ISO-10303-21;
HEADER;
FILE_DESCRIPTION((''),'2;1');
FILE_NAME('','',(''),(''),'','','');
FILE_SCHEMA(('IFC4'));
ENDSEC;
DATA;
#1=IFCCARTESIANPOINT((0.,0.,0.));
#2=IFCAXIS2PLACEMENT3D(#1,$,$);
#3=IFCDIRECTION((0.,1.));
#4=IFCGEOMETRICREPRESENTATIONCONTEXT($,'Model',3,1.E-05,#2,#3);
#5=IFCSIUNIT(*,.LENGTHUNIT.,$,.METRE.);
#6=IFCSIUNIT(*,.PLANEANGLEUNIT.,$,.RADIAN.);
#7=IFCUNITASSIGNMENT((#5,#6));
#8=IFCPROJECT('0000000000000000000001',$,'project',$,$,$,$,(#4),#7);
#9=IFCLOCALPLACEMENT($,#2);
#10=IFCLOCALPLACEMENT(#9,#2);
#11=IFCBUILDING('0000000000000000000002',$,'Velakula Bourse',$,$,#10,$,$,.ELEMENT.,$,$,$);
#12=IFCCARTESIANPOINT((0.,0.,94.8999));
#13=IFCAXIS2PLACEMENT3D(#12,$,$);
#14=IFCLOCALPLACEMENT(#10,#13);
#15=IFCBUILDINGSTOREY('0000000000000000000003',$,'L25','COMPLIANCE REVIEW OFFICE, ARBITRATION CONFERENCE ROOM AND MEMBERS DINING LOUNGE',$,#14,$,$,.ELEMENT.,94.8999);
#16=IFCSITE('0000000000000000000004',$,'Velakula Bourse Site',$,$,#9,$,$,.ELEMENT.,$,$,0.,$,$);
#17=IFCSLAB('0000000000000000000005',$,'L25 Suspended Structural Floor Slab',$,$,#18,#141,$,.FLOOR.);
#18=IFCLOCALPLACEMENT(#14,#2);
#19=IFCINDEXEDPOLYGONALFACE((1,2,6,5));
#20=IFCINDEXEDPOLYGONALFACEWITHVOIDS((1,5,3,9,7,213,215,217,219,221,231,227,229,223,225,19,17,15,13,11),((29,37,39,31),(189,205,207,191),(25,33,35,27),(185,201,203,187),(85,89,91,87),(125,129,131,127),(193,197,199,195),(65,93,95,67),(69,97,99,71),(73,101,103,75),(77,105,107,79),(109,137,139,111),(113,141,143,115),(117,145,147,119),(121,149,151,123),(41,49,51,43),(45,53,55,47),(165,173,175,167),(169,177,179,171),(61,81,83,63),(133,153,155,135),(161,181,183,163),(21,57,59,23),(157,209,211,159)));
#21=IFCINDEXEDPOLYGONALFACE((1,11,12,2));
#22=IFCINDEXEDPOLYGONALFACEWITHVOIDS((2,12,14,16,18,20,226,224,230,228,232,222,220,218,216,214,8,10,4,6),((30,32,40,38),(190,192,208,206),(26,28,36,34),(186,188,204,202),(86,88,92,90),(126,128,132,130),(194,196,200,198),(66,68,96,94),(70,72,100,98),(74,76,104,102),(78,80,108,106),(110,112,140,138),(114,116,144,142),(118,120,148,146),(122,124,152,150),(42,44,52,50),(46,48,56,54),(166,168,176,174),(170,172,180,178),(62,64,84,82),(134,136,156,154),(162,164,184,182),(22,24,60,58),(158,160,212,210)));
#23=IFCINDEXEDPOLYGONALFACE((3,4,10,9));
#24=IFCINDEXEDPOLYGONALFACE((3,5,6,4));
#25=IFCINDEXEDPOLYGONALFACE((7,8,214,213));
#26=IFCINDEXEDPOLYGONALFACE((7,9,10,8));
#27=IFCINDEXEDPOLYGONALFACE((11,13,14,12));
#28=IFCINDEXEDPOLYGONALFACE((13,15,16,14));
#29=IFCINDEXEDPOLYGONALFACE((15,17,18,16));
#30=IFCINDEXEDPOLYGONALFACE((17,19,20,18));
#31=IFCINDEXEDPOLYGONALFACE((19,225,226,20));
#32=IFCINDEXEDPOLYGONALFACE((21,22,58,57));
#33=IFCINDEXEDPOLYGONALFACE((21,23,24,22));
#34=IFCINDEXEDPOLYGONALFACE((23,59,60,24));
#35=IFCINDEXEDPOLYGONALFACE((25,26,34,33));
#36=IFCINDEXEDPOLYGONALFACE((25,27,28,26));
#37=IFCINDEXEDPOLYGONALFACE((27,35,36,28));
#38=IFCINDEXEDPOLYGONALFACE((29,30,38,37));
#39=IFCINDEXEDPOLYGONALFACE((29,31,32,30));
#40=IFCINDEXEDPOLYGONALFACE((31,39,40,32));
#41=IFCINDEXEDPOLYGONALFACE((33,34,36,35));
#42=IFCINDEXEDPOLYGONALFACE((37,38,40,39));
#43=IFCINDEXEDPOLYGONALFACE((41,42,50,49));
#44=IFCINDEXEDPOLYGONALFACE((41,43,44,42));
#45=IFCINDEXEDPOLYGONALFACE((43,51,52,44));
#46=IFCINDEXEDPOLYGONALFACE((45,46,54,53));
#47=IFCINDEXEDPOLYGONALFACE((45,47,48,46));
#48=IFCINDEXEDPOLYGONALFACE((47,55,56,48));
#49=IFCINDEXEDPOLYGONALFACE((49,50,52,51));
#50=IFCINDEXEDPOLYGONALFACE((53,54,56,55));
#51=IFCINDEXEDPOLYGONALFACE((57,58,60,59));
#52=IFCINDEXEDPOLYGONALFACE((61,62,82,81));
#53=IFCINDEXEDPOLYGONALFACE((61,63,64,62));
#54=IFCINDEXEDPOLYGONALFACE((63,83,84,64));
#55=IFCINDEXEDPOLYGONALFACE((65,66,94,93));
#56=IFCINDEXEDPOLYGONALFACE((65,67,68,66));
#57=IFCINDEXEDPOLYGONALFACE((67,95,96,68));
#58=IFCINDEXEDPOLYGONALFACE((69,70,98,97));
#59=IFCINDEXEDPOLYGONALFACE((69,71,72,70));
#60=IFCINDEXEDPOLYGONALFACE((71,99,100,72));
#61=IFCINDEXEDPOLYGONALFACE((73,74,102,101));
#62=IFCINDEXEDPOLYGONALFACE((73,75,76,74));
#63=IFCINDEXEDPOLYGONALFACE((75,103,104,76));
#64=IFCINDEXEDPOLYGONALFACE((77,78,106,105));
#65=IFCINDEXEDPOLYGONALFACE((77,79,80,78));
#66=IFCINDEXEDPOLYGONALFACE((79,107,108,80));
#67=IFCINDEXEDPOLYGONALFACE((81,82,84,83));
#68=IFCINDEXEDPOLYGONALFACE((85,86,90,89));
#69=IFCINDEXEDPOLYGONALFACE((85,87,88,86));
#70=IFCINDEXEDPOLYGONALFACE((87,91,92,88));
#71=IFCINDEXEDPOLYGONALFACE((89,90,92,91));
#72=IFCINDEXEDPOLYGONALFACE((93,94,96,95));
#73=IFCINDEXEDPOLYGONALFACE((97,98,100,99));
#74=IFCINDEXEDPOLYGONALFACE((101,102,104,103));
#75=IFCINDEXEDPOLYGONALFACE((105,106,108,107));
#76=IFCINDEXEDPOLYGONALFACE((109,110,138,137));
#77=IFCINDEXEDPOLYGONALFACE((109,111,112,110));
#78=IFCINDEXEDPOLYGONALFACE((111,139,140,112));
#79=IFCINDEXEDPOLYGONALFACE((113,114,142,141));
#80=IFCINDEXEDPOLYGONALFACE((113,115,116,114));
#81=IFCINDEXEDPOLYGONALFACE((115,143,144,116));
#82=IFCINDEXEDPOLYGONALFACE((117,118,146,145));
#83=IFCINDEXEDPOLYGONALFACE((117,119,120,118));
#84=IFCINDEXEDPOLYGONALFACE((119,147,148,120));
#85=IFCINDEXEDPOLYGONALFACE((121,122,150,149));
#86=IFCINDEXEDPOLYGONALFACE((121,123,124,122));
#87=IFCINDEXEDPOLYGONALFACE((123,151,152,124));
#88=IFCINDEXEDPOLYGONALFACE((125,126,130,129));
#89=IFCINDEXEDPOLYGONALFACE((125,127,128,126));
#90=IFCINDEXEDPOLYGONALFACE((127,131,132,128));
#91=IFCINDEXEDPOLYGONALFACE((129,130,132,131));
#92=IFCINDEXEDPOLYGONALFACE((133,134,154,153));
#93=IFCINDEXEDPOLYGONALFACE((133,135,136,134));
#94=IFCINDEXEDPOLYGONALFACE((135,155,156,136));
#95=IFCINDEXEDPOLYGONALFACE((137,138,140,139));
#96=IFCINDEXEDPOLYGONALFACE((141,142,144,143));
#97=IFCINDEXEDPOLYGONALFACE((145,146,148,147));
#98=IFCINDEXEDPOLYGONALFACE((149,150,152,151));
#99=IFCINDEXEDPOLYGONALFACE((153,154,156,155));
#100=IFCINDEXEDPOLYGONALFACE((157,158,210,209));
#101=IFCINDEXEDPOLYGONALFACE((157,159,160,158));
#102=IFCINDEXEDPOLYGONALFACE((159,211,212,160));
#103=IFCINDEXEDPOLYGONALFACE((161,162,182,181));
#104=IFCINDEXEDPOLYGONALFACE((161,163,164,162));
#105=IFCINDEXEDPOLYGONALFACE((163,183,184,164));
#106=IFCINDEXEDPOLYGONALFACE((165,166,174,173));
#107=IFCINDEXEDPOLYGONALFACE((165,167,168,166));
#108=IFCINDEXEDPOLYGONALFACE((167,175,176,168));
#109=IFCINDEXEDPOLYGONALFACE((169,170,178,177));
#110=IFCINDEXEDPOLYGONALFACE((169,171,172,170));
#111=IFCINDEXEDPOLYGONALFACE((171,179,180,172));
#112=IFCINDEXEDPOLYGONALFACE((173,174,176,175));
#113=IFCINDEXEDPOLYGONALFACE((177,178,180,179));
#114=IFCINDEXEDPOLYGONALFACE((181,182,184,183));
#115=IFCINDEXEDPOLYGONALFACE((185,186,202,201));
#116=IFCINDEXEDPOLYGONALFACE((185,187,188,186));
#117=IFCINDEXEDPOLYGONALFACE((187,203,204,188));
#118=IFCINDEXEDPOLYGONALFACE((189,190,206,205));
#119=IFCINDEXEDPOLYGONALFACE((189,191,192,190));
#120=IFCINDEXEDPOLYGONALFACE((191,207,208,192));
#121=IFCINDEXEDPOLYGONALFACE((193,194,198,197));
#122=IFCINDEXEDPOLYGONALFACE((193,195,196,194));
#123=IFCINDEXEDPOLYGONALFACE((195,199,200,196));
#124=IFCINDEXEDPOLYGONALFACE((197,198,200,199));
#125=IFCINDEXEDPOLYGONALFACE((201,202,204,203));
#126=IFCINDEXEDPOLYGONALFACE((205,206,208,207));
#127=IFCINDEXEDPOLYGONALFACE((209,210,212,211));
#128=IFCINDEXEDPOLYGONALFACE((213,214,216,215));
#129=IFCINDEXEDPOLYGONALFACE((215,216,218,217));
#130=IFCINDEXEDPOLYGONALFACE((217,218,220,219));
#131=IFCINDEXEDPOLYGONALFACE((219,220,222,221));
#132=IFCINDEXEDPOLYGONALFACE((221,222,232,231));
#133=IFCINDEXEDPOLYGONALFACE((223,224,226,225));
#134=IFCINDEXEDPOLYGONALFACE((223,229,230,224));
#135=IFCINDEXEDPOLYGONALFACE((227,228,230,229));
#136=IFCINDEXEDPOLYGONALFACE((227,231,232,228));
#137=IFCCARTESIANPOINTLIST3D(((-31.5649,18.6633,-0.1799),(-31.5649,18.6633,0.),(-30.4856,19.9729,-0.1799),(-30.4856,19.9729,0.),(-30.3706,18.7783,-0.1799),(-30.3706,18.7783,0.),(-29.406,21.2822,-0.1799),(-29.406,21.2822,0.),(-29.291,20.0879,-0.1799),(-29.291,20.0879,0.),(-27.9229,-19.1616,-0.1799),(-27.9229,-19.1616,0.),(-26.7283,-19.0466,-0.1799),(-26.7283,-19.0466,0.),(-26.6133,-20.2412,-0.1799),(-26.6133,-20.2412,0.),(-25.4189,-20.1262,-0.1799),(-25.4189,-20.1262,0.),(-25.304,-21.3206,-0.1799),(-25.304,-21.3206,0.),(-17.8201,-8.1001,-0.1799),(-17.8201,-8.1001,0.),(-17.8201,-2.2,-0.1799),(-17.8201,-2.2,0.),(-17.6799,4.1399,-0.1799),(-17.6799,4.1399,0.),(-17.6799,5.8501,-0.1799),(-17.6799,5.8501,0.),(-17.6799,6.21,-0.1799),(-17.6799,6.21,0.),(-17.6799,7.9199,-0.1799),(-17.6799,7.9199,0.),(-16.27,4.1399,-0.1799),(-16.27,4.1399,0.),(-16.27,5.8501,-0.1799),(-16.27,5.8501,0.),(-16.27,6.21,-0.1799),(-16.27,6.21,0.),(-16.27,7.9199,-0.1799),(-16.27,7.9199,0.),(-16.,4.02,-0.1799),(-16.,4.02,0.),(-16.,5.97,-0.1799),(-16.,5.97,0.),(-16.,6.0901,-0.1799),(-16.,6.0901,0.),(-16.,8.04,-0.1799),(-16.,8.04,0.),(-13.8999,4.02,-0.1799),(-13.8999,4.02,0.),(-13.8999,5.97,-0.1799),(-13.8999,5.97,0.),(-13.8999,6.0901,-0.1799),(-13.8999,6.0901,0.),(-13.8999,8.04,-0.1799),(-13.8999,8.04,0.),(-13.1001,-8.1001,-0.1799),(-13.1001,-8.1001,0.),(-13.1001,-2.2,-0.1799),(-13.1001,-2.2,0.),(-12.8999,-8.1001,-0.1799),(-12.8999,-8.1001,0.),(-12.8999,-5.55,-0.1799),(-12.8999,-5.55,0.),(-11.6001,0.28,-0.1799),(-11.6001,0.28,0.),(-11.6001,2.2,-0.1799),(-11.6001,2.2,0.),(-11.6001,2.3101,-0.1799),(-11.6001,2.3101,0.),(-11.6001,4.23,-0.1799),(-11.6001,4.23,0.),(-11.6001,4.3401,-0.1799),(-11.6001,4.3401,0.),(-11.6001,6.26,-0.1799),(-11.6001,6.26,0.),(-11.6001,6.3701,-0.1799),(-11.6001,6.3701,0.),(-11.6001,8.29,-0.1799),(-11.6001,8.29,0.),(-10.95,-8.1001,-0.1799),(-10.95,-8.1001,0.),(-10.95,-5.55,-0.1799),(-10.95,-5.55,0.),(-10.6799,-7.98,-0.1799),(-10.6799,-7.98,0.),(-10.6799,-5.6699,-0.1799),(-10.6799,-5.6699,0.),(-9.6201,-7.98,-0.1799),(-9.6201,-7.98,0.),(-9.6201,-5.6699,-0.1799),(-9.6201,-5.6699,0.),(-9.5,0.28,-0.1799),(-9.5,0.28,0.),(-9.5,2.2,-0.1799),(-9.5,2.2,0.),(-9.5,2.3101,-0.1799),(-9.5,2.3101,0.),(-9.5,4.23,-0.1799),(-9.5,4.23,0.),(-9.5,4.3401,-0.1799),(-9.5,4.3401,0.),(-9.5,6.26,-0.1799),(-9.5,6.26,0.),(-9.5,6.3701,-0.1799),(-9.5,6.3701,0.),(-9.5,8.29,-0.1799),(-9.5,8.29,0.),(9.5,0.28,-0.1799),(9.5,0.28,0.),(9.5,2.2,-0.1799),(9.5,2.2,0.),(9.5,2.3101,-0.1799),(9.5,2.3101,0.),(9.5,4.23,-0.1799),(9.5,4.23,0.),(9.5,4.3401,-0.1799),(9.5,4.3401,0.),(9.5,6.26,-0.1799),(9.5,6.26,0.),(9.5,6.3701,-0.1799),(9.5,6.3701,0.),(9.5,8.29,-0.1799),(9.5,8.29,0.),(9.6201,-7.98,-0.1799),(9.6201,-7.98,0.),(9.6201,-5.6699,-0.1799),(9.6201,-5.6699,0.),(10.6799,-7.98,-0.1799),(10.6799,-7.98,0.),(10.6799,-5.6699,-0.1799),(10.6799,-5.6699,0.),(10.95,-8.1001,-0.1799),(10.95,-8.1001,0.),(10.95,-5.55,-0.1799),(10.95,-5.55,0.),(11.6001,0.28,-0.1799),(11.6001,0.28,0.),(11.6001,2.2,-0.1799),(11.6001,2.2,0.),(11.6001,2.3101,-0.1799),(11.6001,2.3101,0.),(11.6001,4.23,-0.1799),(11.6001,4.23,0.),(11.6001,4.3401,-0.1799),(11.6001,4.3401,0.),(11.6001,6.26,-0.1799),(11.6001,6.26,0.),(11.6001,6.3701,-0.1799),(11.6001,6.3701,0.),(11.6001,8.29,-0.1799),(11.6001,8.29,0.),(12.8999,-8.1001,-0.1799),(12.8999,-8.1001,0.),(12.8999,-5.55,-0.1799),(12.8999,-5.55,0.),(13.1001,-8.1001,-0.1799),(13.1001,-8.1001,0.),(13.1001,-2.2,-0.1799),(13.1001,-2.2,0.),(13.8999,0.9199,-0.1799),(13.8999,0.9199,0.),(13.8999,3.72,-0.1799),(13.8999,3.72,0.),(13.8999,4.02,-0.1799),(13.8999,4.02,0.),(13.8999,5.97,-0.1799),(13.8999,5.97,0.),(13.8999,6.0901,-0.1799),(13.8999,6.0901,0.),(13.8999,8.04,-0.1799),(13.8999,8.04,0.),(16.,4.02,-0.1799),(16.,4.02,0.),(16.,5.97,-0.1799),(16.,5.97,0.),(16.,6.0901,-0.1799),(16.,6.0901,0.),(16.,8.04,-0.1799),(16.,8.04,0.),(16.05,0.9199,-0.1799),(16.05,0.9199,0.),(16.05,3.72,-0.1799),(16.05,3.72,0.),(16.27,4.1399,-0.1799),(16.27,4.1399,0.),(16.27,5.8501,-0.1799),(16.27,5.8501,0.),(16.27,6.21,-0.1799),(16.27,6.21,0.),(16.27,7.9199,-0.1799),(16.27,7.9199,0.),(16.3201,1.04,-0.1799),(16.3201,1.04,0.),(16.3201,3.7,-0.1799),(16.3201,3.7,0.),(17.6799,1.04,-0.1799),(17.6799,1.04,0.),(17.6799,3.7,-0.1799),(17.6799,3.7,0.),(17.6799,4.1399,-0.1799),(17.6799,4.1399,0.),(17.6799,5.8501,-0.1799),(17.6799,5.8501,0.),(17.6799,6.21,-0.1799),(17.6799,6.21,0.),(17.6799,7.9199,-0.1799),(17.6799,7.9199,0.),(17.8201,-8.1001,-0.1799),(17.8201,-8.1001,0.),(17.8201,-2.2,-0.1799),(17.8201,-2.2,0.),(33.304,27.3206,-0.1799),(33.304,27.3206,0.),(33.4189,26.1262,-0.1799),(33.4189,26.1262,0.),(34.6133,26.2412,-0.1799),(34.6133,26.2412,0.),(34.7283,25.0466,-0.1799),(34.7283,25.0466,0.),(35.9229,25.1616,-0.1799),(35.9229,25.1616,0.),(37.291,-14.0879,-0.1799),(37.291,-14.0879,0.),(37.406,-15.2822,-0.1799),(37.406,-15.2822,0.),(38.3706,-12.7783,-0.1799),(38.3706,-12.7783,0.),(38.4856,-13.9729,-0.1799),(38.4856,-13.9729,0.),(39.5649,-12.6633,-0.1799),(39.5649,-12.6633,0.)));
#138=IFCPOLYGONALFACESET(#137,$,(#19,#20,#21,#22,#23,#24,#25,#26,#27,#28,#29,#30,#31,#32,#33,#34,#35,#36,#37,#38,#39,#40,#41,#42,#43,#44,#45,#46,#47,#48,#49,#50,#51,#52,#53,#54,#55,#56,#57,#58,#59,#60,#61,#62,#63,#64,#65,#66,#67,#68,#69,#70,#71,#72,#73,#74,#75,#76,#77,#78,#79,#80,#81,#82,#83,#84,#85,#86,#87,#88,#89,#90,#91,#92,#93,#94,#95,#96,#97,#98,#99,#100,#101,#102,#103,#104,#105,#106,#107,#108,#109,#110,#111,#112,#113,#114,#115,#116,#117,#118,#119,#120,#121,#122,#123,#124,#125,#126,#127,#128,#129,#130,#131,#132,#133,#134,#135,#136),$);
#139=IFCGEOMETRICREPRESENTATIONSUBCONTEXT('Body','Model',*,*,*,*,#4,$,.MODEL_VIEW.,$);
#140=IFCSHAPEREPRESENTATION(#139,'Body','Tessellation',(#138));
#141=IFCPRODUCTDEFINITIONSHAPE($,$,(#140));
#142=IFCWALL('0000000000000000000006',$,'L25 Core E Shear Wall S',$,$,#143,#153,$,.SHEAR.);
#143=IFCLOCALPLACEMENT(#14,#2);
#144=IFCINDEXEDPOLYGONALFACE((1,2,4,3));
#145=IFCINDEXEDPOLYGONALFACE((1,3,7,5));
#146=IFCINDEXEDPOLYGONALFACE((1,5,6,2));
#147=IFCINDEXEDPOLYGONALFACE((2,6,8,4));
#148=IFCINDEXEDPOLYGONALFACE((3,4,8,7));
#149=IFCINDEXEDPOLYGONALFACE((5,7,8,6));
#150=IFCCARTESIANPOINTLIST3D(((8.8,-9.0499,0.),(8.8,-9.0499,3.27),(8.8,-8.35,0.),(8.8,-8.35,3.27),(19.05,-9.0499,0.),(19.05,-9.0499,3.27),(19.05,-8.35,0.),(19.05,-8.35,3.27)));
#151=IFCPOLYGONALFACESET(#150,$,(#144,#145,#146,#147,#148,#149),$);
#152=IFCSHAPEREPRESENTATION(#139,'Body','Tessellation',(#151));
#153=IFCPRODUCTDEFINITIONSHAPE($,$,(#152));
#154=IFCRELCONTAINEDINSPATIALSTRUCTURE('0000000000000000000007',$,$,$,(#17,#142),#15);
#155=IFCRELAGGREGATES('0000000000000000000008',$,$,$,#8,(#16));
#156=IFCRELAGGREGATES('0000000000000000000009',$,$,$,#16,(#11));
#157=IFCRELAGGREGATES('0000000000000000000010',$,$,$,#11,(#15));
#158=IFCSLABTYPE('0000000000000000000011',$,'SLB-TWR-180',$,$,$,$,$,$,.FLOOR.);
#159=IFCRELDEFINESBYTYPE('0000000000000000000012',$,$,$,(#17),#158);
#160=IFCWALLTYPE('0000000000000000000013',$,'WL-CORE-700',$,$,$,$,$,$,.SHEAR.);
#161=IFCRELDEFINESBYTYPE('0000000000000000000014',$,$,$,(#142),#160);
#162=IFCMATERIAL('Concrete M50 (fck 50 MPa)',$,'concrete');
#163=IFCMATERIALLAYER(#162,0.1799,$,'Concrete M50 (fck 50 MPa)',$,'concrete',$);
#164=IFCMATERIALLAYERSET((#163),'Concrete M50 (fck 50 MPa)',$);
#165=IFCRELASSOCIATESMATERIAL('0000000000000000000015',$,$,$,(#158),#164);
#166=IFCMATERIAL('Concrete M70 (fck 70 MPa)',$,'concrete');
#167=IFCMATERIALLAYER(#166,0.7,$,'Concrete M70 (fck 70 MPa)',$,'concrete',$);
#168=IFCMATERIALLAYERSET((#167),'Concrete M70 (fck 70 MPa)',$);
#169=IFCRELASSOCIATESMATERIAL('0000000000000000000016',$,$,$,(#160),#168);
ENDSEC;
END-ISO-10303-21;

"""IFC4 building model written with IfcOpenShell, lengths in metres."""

from ifc_helpers import new_model, si_unit, direction, frame, frame_2d, origin, place, context, subcontext, project, spatial, polyline, rectangle, outline, extrude, material, layer, layer_set, type_object, element, save


model = new_model("IFC4")

# Units and contexts
model_context = context("Model", 3, precision=1e-05, world=origin(), true_north=direction((0.0, 1.0)))
body_context = subcontext(model_context, "Body", "Model", "MODEL_VIEW")
ifc_project = project(units=[si_unit("LENGTHUNIT", "METRE"), si_unit("PLANEANGLEUNIT", "RADIAN")], contexts=[model_context])

# Site, building, storey
site_placement = place(None, origin())
site = spatial("IfcSite", under=ifc_project, at=site_placement, Name="Velakula Bourse Site", CompositionType="ELEMENT", RefElevation=0.0)
building_placement = place(site_placement, origin())
building = spatial("IfcBuilding", under=site, at=building_placement, Name="Velakula Bourse", CompositionType="ELEMENT")
storey_placement = place(building_placement, frame((0.0, 0.0, 94.8999)))
storey = spatial("IfcBuildingStorey", under=building, at=storey_placement, Name="L25", Description="COMPLIANCE REVIEW OFFICE, ARBITRATION CONFERENCE ROOM AND MEMBERS DINING LOUNGE", CompositionType="ELEMENT", Elevation=94.8999)

# Shared definitions
ifc_material_1 = material(Name="Concrete M70 (fck 70 MPa)", Category="concrete")

# Slab
ifc_material_2 = material(Name="Concrete M50 (fck 50 MPa)", Category="concrete")
ifc_layer_1 = layer(ifc_material_2, 0.1799, Name="Concrete M50 (fck 50 MPa)", Category="concrete")
ifc_layer_set_1 = layer_set([ifc_layer_1], Name="Concrete M50 (fck 50 MPa)")
slab_type_1 = type_object("IfcSlabType", Name="SLB-TWR-180", PredefinedType="FLOOR", material=ifc_layer_set_1)
slab_1_placement = place(storey_placement, frame((0.0, 0.0, -0.1799)))
element("IfcSlab", 1, at=slab_1_placement, inside=storey, type_object=slab_type_1, Name="L25 Suspended Structural Floor Slab", PredefinedType="FLOOR", context=body_context, shape_type="SweptSolid", body=[
    extrude(outline(polyline([(-25.304, -21.3206), (37.406, -15.2822), (37.291, -14.0879), (38.4856, -13.9729), (38.3706, -12.7783), (39.5649, -12.6633), (35.9229, 25.1616), (34.7283, 25.0466), (34.6133, 26.2412), (33.4189, 26.1262), (33.304, 27.3206), (-29.406, 21.2822), (-29.291, 20.0879), (-30.4856, 19.9729), (-30.3706, 18.7783), (-31.5649, 18.6633), (-27.9229, -19.1616), (-26.7283, -19.0466), (-26.6133, -20.2412), (-25.4189, -20.1262), (-25.304, -21.3206)]), holes=[polyline([(-17.8201, -8.1001), (-13.1001, -8.1001), (-13.1001, -2.2), (-17.8201, -2.2), (-17.8201, -8.1001)]), polyline([(13.1001, -8.1001), (17.8201, -8.1001), (17.8201, -2.2), (13.1001, -2.2), (13.1001, -8.1001)]), polyline([(-12.8999, -8.1001), (-10.95, -8.1001), (-10.95, -5.55), (-12.8999, -5.55), (-12.8999, -8.1001)]), polyline([(10.95, -8.1001), (12.8999, -8.1001), (12.8999, -5.55), (10.95, -5.55), (10.95, -8.1001)]), polyline([(13.8999, 0.9199), (16.05, 0.9199), (16.05, 3.72), (13.8999, 3.72), (13.8999, 0.9199)]), polyline([(-10.6799, -7.98), (-9.6201, -7.98), (-9.6201, -5.6699), (-10.6799, -5.6699), (-10.6799, -7.98)]), polyline([(-17.6799, 4.1399), (-16.27, 4.1399), (-16.27, 5.8501), (-17.6799, 5.8501), (-17.6799, 4.1399)]), polyline([(-17.6799, 6.21), (-16.27, 6.21), (-16.27, 7.9199), (-17.6799, 7.9199), (-17.6799, 6.21)]), polyline([(9.6201, -7.98), (10.6799, -7.98), (10.6799, -5.6699), (9.6201, -5.6699), (9.6201, -7.98)]), polyline([(16.27, 4.1399), (17.6799, 4.1399), (17.6799, 5.8501), (16.27, 5.8501), (16.27, 4.1399)]), polyline([(16.27, 6.21), (17.6799, 6.21), (17.6799, 7.9199), (16.27, 7.9199), (16.27, 6.21)]), polyline([(16.3201, 1.04), (17.6799, 1.04), (17.6799, 3.7), (16.3201, 3.7), (16.3201, 1.04)]), polyline([(-11.6001, 0.28), (-9.5, 0.28), (-9.5, 2.2), (-11.6001, 2.2), (-11.6001, 0.28)]), polyline([(-11.6001, 2.3101), (-9.5, 2.3101), (-9.5, 4.23), (-11.6001, 4.23), (-11.6001, 2.3101)]), polyline([(-11.6001, 4.3401), (-9.5, 4.3401), (-9.5, 6.26), (-11.6001, 6.26), (-11.6001, 4.3401)]), polyline([(-11.6001, 6.3701), (-9.5, 6.3701), (-9.5, 8.29), (-11.6001, 8.29), (-11.6001, 6.3701)]), polyline([(9.5, 0.28), (11.6001, 0.28), (11.6001, 2.2), (9.5, 2.2), (9.5, 0.28)]), polyline([(9.5, 2.3101), (11.6001, 2.3101), (11.6001, 4.23), (9.5, 4.23), (9.5, 2.3101)]), polyline([(9.5, 4.3401), (11.6001, 4.3401), (11.6001, 6.26), (9.5, 6.26), (9.5, 4.3401)]), polyline([(9.5, 6.3701), (11.6001, 6.3701), (11.6001, 8.29), (9.5, 8.29), (9.5, 6.3701)]), polyline([(-16.0, 4.02), (-13.8999, 4.02), (-13.8999, 5.97), (-16.0, 5.97), (-16.0, 4.02)]), polyline([(-16.0, 6.0901), (-13.8999, 6.0901), (-13.8999, 8.04), (-16.0, 8.04), (-16.0, 6.0901)]), polyline([(13.8999, 4.02), (16.0, 4.02), (16.0, 5.97), (13.8999, 5.97), (13.8999, 4.02)]), polyline([(13.8999, 6.0901), (16.0, 6.0901), (16.0, 8.04), (13.8999, 8.04), (13.8999, 6.0901)])]), origin(), (0.0, 0.0, 1.0), 0.1799),
])

# Wall
ifc_layer_2 = layer(ifc_material_1, 0.7, Name="Concrete M70 (fck 70 MPa)", Category="concrete")
ifc_layer_set_2 = layer_set([ifc_layer_2], Name="Concrete M70 (fck 70 MPa)")
wall_type_1 = type_object("IfcWallType", Name="WL-CORE-700", PredefinedType="SHEAR", material=ifc_layer_set_2)
wall_1_placement = place(storey_placement, frame((8.8, -8.7, 0.0), z_axis=(0.0, 0.0, 1.0), x_axis=(1.0, 0.0, 0.0)))
element("IfcWall", 2, at=wall_1_placement, inside=storey, type_object=wall_type_1, Name="L25 Core E Shear Wall S", PredefinedType="SHEAR", context=body_context, shape_type="SweptSolid", body=[
    extrude(rectangle(XDim=10.25, YDim=0.7, at=frame_2d((5.125, 0.0))), origin(), (0.0, 0.0, 1.0), 3.27),
])

save(model, "model.ifc")
